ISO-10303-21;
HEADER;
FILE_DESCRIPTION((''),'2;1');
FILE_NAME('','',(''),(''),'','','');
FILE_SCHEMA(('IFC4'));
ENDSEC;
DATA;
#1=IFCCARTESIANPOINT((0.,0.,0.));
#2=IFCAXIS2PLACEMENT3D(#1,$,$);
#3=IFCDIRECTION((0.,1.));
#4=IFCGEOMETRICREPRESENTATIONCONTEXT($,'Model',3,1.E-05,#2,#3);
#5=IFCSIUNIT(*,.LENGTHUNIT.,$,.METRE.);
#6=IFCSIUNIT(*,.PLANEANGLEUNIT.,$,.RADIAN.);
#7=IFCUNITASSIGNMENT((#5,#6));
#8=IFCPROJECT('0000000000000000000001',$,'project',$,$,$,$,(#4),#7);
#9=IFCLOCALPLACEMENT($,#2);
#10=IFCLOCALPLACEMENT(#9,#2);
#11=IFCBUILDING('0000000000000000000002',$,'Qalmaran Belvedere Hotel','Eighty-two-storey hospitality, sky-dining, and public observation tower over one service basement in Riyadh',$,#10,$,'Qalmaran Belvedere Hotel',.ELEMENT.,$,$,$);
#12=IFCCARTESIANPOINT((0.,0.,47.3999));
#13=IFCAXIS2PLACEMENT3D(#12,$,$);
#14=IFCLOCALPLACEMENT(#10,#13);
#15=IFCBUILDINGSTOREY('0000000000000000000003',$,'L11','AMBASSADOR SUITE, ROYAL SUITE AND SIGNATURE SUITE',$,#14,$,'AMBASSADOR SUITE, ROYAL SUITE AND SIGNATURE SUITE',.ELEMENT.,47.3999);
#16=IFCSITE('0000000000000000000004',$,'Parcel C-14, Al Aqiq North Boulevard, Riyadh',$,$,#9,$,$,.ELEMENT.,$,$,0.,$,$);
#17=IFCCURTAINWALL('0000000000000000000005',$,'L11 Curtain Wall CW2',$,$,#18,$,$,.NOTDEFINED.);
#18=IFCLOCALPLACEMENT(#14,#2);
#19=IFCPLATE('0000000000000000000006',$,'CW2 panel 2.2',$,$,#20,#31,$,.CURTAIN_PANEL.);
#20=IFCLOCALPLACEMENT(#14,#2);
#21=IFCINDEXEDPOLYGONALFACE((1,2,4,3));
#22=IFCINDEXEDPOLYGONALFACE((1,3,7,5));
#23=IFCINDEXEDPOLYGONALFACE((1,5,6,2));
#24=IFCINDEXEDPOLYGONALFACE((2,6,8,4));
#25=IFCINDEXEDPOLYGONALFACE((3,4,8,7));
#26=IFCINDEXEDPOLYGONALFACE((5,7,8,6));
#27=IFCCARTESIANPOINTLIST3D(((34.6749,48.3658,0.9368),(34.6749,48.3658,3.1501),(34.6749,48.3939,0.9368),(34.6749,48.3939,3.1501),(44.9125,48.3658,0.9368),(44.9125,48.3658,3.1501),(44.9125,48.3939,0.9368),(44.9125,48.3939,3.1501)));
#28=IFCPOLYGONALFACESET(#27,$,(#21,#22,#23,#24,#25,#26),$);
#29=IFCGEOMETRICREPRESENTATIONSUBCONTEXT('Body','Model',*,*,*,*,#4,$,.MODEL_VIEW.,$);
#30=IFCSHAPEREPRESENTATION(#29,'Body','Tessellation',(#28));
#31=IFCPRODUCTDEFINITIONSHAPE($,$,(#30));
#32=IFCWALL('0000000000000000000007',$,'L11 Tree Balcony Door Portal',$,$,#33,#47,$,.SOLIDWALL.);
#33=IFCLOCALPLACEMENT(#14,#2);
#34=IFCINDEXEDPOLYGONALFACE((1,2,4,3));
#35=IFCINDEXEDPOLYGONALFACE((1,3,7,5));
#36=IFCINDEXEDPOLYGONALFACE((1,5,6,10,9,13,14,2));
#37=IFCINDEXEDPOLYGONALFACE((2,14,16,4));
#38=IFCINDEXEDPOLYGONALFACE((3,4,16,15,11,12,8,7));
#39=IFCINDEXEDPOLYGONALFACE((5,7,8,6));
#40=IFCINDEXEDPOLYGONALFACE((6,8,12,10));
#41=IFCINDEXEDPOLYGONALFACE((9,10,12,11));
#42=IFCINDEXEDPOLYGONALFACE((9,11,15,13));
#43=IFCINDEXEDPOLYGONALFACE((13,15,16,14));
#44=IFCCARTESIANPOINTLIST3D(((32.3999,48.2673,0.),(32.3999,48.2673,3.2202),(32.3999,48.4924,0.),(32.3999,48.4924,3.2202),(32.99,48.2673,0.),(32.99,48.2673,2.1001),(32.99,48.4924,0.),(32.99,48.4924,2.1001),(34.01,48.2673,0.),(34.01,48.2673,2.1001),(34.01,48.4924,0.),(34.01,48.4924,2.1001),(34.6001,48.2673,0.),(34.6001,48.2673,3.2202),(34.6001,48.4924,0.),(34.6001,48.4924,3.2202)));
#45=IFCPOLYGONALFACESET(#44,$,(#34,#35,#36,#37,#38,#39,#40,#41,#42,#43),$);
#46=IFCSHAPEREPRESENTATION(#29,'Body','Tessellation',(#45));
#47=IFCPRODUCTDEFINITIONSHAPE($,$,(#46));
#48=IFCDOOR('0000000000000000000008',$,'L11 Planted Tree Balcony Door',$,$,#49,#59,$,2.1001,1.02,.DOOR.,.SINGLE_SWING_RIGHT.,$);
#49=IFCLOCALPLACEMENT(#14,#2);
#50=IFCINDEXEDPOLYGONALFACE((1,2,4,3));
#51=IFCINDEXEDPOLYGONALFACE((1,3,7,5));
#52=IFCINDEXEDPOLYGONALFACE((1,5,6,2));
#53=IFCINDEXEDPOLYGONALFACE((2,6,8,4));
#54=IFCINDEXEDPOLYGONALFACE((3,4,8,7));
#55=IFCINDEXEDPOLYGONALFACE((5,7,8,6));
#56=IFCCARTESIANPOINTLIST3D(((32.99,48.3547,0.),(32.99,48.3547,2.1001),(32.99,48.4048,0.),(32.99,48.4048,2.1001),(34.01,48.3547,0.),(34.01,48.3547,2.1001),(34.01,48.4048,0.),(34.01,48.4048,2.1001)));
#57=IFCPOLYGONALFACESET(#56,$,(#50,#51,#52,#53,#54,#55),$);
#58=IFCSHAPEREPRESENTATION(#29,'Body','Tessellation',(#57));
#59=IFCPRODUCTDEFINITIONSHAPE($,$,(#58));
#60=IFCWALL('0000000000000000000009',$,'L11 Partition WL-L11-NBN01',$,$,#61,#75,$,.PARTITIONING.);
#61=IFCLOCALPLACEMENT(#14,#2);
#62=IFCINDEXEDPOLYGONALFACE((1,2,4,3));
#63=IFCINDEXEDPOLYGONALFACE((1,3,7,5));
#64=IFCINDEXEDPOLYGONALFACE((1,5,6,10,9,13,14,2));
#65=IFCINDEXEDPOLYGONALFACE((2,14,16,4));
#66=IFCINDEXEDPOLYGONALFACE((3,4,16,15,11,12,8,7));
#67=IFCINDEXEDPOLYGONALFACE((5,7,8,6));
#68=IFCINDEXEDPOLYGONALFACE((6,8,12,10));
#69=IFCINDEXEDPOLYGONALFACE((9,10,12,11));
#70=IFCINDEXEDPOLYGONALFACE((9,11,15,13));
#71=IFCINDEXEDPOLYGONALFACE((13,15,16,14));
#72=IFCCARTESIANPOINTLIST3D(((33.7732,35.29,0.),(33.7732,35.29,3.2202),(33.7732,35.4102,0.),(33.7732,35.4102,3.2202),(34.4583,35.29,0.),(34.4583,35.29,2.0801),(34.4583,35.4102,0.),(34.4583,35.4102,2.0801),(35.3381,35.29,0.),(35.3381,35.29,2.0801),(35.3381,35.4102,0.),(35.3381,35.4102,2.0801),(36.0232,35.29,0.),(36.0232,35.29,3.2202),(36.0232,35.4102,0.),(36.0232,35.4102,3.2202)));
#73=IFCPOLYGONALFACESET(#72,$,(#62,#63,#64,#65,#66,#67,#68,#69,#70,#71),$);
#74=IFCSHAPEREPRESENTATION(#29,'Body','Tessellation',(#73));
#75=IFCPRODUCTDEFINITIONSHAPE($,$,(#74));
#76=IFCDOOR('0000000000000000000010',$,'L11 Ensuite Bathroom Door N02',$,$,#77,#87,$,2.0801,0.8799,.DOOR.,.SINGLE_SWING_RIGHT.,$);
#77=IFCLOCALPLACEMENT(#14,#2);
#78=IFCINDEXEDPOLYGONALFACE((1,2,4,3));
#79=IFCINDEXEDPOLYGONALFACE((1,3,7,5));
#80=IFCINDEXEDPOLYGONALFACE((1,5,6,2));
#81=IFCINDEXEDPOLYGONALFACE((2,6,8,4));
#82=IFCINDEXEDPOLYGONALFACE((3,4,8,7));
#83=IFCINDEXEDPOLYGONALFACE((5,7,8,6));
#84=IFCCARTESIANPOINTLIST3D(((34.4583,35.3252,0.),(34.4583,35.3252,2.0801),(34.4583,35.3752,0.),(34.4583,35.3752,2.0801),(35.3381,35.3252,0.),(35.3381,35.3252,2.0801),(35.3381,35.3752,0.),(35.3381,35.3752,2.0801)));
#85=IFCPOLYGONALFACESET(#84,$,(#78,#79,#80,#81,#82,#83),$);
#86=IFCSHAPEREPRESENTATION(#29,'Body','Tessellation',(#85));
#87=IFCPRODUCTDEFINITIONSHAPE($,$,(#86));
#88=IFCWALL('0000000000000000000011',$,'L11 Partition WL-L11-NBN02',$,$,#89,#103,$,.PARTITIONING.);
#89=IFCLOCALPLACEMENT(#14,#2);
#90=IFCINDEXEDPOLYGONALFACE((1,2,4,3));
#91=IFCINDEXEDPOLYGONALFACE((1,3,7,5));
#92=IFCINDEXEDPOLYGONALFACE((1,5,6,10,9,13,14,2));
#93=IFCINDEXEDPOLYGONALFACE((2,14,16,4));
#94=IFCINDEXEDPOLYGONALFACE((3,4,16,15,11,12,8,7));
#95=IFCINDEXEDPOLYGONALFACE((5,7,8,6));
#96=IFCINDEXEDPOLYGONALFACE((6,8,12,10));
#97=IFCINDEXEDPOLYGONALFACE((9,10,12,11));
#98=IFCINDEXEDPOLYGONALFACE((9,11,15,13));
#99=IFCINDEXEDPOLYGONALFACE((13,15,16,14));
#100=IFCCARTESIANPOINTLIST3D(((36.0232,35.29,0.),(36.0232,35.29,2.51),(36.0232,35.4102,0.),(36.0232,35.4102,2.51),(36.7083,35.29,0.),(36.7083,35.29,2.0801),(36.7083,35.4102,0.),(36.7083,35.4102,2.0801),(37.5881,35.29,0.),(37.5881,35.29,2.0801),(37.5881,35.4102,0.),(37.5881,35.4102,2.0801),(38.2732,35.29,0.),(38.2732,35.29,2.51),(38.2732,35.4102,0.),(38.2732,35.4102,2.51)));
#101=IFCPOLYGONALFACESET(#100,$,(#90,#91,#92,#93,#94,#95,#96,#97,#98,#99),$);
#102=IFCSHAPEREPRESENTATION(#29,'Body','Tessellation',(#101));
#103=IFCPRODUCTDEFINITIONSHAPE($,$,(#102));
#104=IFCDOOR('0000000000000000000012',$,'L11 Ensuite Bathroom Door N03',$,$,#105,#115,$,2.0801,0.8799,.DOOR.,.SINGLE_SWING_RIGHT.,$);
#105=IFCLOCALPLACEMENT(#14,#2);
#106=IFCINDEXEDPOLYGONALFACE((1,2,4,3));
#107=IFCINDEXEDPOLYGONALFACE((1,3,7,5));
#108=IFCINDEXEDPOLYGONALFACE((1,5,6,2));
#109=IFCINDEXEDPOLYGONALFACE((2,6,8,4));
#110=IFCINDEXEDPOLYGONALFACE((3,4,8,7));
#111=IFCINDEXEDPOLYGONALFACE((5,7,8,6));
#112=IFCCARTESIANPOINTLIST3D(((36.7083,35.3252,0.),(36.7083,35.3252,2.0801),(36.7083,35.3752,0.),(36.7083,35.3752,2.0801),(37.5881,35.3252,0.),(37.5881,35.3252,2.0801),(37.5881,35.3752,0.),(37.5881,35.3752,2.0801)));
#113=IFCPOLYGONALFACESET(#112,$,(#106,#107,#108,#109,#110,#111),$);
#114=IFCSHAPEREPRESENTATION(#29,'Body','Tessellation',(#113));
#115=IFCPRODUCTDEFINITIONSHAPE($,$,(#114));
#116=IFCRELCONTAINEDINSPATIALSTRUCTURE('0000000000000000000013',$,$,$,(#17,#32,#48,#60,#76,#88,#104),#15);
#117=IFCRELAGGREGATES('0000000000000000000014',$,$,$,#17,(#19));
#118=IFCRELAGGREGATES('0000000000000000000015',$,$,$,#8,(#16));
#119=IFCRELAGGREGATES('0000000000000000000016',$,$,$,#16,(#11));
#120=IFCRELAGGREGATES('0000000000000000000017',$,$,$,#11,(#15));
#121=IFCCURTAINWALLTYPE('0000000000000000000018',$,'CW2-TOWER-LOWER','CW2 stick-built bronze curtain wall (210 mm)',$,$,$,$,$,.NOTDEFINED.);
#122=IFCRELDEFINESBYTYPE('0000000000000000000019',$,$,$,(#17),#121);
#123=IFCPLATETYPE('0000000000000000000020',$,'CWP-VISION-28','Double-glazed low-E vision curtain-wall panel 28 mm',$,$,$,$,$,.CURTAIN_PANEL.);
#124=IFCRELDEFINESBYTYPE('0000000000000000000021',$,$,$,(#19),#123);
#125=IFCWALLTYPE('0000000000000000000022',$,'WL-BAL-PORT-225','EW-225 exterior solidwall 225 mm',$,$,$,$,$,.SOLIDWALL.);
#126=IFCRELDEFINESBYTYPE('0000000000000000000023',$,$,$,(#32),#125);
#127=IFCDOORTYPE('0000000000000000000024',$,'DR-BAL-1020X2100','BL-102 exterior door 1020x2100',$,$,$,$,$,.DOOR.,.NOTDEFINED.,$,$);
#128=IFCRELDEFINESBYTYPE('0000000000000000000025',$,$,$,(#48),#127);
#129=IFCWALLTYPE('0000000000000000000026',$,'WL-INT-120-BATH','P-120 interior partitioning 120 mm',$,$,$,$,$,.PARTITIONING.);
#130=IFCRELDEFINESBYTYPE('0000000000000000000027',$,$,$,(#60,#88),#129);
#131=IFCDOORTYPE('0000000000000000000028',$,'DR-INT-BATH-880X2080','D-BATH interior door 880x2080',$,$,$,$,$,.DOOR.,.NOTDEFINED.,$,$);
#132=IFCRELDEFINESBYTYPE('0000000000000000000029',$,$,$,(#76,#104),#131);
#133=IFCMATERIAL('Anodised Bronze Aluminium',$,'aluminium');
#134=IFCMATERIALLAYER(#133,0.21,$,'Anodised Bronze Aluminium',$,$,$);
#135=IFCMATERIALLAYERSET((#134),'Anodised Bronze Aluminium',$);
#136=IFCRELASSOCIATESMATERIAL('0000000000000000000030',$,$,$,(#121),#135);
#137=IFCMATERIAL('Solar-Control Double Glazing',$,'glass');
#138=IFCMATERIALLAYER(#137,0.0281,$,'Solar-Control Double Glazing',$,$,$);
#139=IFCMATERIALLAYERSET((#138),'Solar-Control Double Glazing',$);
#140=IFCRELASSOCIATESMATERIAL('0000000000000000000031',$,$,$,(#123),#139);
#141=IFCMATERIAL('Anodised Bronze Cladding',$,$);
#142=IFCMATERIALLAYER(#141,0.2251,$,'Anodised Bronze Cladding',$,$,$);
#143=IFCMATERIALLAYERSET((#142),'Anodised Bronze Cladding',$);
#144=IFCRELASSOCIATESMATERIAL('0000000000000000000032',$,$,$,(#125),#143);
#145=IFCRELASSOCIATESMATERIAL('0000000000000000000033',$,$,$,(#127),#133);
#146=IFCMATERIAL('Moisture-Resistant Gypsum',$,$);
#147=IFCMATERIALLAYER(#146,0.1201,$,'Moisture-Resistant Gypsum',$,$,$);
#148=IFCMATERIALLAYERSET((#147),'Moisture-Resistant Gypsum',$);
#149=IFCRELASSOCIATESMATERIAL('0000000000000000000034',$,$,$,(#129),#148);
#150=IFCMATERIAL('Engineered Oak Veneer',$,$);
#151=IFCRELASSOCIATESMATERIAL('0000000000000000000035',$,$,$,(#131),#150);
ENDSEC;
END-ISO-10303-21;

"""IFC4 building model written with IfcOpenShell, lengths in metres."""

from ifc_helpers import new_model, si_unit, direction, frame, frame_2d, origin, origin_2d, place, context, subcontext, project, spatial, rectangle, extrude, material, layer, layer_set, type_object, element, fill, aggregate, save


model = new_model("IFC4")

# Units and contexts
model_context = context("Model", 3, precision=1e-05, world=origin(), true_north=direction((0.0, 1.0)))
body_context = subcontext(model_context, "Body", "Model", "MODEL_VIEW")
ifc_project = project(units=[si_unit("LENGTHUNIT", "METRE"), si_unit("PLANEANGLEUNIT", "RADIAN")], contexts=[model_context])

# Site, building, storey
site_placement = place(None, origin())
site = spatial("IfcSite", under=ifc_project, at=site_placement, Name="Parcel C-14, Al Aqiq North Boulevard, Riyadh", CompositionType="ELEMENT", RefElevation=0.0)
building_placement = place(site_placement, origin())
building = spatial("IfcBuilding", under=site, at=building_placement, Name="Qalmaran Belvedere Hotel", Description="Eighty-two-storey hospitality, sky-dining, and public observation tower over one service basement in Riyadh", LongName="Qalmaran Belvedere Hotel", CompositionType="ELEMENT")
storey_placement = place(building_placement, frame((0.0, 0.0, 47.3999)))
storey = spatial("IfcBuildingStorey", under=building, at=storey_placement, Name="L11", Description="AMBASSADOR SUITE, ROYAL SUITE AND SIGNATURE SUITE", LongName="AMBASSADOR SUITE, ROYAL SUITE AND SIGNATURE SUITE", CompositionType="ELEMENT", Elevation=47.3999)

# Shared definitions
ifc_material_1 = material(Name="Anodised Bronze Aluminium", Category="aluminium")
ifc_layer_1 = layer(ifc_material_1, 0.21, Name="Anodised Bronze Aluminium")
ifc_layer_set_1 = layer_set([ifc_layer_1], Name="Anodised Bronze Aluminium")
curtain_wall_type = type_object("IfcCurtainWallType", Name="CW2-TOWER-LOWER", Description="CW2 stick-built bronze curtain wall (210 mm)", PredefinedType="NOTDEFINED", material=ifc_layer_set_1)

# Curtain wall
curtain_wall_1_placement = place(storey_placement, origin())
curtain_wall_1 = element("IfcCurtainWall", 1, at=curtain_wall_1_placement, inside=storey, type_object=curtain_wall_type, Name="L11 Curtain Wall CW2", PredefinedType="NOTDEFINED")

# Plate
ifc_material_2 = material(Name="Solar-Control Double Glazing", Category="glass")
ifc_layer_2 = layer(ifc_material_2, 0.0281, Name="Solar-Control Double Glazing")
ifc_layer_set_2 = layer_set([ifc_layer_2], Name="Solar-Control Double Glazing")
plate_type_1 = type_object("IfcPlateType", Name="CWP-VISION-28", Description="Double-glazed low-E vision curtain-wall panel 28 mm", PredefinedType="CURTAIN_PANEL", material=ifc_layer_set_2)
plate_1_placement = place(storey_placement, frame((39.7937, 48.3799, 0.9368), z_axis=(0.0, 0.0, 1.0), x_axis=(-1.0, 0.0, 0.0)))
plate_1 = element("IfcPlate", 2, at=plate_1_placement, type_object=plate_type_1, Name="CW2 panel 2.2", PredefinedType="CURTAIN_PANEL", context=body_context, shape_type="SweptSolid", body=[
    extrude(rectangle(XDim=10.2375, YDim=0.0281, at=origin_2d()), origin(), (0.0, 0.0, 1.0), 2.2134),
])
aggregate(curtain_wall_1, [plate_1])

# Walls, openings, doors
ifc_material_3 = material(Name="Anodised Bronze Cladding")
ifc_layer_3 = layer(ifc_material_3, 0.2251, Name="Anodised Bronze Cladding")
ifc_layer_set_3 = layer_set([ifc_layer_3], Name="Anodised Bronze Cladding")
wall_type_1 = type_object("IfcWallType", Name="WL-BAL-PORT-225", Description="EW-225 exterior solidwall 225 mm", PredefinedType="SOLIDWALL", material=ifc_layer_set_3)
wall_1_placement = place(storey_placement, frame((32.3999, 48.3799, 0.0), z_axis=(0.0, 0.0, 1.0), x_axis=(1.0, 0.0, 0.0)))
wall_1 = element("IfcWall", 3, at=wall_1_placement, inside=storey, type_object=wall_type_1, Name="L11 Tree Balcony Door Portal", PredefinedType="SOLIDWALL", context=body_context, shape_type="SweptSolid", body=[
    extrude(rectangle(XDim=2.2002, YDim=0.2251, at=frame_2d((1.1001, 0.0))), origin(), (0.0, 0.0, 1.0), 3.2202),
])
opening_1_placement = place(wall_1_placement, frame((0.5901, 0.0, 0.0)))
opening_1 = element("IfcOpeningElement", 4, at=opening_1_placement, cuts=wall_1, PredefinedType="OPENING", context=body_context, shape_type="SweptSolid", body=[
    extrude(rectangle(XDim=1.02, YDim=2.1001, at=frame_2d((0.51, 1.05))), frame((0.0, 0.1226, 0.0), z_axis=(0.0, -1.0, 0.0), x_axis=(1.0, 0.0, 0.0)), (0.0, 0.0, 1.0), 0.2451),
])
door_type_1 = type_object("IfcDoorType", Name="DR-BAL-1020X2100", Description="BL-102 exterior door 1020x2100", OperationType="NOTDEFINED", PredefinedType="DOOR", material=ifc_material_1)
door_1_placement = place(opening_1_placement, origin())
door_1 = element("IfcDoor", 5, at=door_1_placement, inside=storey, type_object=door_type_1, Name="L11 Planted Tree Balcony Door", OperationType="SINGLE_SWING_RIGHT", OverallHeight=2.1001, OverallWidth=1.02, PredefinedType="DOOR", context=body_context, shape_type="SweptSolid", body=[
    extrude(rectangle(XDim=1.02, YDim=2.1001, at=frame_2d((0.51, 1.05))), frame((0.0, 0.0249, 0.0), z_axis=(0.0, -1.0, 0.0), x_axis=(1.0, 0.0, 0.0)), (0.0, 0.0, 1.0), 0.05),
])
fill(opening_1, door_1)
ifc_material_4 = material(Name="Moisture-Resistant Gypsum")
ifc_layer_4 = layer(ifc_material_4, 0.1201, Name="Moisture-Resistant Gypsum")
ifc_layer_set_4 = layer_set([ifc_layer_4], Name="Moisture-Resistant Gypsum")
wall_type_2 = type_object("IfcWallType", Name="WL-INT-120-BATH", Description="P-120 interior partitioning 120 mm", PredefinedType="PARTITIONING", material=ifc_layer_set_4)
wall_2_placement = place(storey_placement, frame((33.7732, 35.3501, 0.0), z_axis=(0.0, 0.0, 1.0), x_axis=(1.0, 0.0, 0.0)))
wall_2 = element("IfcWall", 6, at=wall_2_placement, inside=storey, type_object=wall_type_2, Name="L11 Partition WL-L11-NBN01", PredefinedType="PARTITIONING", context=body_context, shape_type="SweptSolid", body=[
    extrude(rectangle(XDim=2.25, YDim=0.1201, at=frame_2d((1.125, 0.0))), origin(), (0.0, 0.0, 1.0), 3.2202),
])
opening_2_placement = place(wall_2_placement, frame((1.5649, 0.0, 0.0), z_axis=(0.0, 0.0, 1.0), x_axis=(-1.0, 0.0, 0.0)))
opening_2 = element("IfcOpeningElement", 7, at=opening_2_placement, cuts=wall_2, PredefinedType="OPENING", context=body_context, shape_type="SweptSolid", body=[
    extrude(rectangle(XDim=0.8799, YDim=2.0801, at=frame_2d((0.4399, 1.04))), frame((0.0, 0.0701, 0.0), z_axis=(0.0, -1.0, 0.0), x_axis=(1.0, 0.0, 0.0)), (0.0, 0.0, 1.0), 0.1401),
])
ifc_material_5 = material(Name="Engineered Oak Veneer")
door_type_2 = type_object("IfcDoorType", Name="DR-INT-BATH-880X2080", Description="D-BATH interior door 880x2080", OperationType="NOTDEFINED", PredefinedType="DOOR", material=ifc_material_5)
door_2_placement = place(opening_2_placement, origin())
door_2 = element("IfcDoor", 8, at=door_2_placement, inside=storey, type_object=door_type_2, Name="L11 Ensuite Bathroom Door N02", OperationType="SINGLE_SWING_RIGHT", OverallHeight=2.0801, OverallWidth=0.8799, PredefinedType="DOOR", context=body_context, shape_type="SweptSolid", body=[
    extrude(rectangle(XDim=0.8799, YDim=2.0801, at=frame_2d((0.4399, 1.04))), frame((0.0, 0.0249, 0.0), z_axis=(0.0, -1.0, 0.0), x_axis=(1.0, 0.0, 0.0)), (0.0, 0.0, 1.0), 0.05),
])
fill(opening_2, door_2)
wall_3_placement = place(storey_placement, frame((36.0232, 35.3501, 0.0), z_axis=(0.0, 0.0, 1.0), x_axis=(1.0, 0.0, 0.0)))
wall_3 = element("IfcWall", 9, at=wall_3_placement, inside=storey, type_object=wall_type_2, Name="L11 Partition WL-L11-NBN02", PredefinedType="PARTITIONING", context=body_context, shape_type="SweptSolid", body=[
    extrude(rectangle(XDim=2.25, YDim=0.1201, at=frame_2d((1.125, 0.0))), origin(), (0.0, 0.0, 1.0), 2.51),
])
opening_3_placement = place(wall_3_placement, frame((1.5649, 0.0, 0.0), z_axis=(0.0, 0.0, 1.0), x_axis=(-1.0, 0.0, 0.0)))
opening_3 = element("IfcOpeningElement", 10, at=opening_3_placement, cuts=wall_3, PredefinedType="OPENING", context=body_context, shape_type="SweptSolid", body=[
    extrude(rectangle(XDim=0.8799, YDim=2.0801, at=frame_2d((0.4399, 1.04))), frame((0.0, 0.0701, 0.0), z_axis=(0.0, -1.0, 0.0), x_axis=(1.0, 0.0, 0.0)), (0.0, 0.0, 1.0), 0.1401),
])
door_3_placement = place(opening_3_placement, origin())
door_3 = element("IfcDoor", 11, at=door_3_placement, inside=storey, type_object=door_type_2, Name="L11 Ensuite Bathroom Door N03", OperationType="SINGLE_SWING_RIGHT", OverallHeight=2.0801, OverallWidth=0.8799, PredefinedType="DOOR", context=body_context, shape_type="SweptSolid", body=[
    extrude(rectangle(XDim=0.8799, YDim=2.0801, at=frame_2d((0.4399, 1.04))), frame((0.0, 0.0249, 0.0), z_axis=(0.0, -1.0, 0.0), x_axis=(1.0, 0.0, 0.0)), (0.0, 0.0, 1.0), 0.05),
])
fill(opening_3, door_3)

save(model, "model.ifc")
